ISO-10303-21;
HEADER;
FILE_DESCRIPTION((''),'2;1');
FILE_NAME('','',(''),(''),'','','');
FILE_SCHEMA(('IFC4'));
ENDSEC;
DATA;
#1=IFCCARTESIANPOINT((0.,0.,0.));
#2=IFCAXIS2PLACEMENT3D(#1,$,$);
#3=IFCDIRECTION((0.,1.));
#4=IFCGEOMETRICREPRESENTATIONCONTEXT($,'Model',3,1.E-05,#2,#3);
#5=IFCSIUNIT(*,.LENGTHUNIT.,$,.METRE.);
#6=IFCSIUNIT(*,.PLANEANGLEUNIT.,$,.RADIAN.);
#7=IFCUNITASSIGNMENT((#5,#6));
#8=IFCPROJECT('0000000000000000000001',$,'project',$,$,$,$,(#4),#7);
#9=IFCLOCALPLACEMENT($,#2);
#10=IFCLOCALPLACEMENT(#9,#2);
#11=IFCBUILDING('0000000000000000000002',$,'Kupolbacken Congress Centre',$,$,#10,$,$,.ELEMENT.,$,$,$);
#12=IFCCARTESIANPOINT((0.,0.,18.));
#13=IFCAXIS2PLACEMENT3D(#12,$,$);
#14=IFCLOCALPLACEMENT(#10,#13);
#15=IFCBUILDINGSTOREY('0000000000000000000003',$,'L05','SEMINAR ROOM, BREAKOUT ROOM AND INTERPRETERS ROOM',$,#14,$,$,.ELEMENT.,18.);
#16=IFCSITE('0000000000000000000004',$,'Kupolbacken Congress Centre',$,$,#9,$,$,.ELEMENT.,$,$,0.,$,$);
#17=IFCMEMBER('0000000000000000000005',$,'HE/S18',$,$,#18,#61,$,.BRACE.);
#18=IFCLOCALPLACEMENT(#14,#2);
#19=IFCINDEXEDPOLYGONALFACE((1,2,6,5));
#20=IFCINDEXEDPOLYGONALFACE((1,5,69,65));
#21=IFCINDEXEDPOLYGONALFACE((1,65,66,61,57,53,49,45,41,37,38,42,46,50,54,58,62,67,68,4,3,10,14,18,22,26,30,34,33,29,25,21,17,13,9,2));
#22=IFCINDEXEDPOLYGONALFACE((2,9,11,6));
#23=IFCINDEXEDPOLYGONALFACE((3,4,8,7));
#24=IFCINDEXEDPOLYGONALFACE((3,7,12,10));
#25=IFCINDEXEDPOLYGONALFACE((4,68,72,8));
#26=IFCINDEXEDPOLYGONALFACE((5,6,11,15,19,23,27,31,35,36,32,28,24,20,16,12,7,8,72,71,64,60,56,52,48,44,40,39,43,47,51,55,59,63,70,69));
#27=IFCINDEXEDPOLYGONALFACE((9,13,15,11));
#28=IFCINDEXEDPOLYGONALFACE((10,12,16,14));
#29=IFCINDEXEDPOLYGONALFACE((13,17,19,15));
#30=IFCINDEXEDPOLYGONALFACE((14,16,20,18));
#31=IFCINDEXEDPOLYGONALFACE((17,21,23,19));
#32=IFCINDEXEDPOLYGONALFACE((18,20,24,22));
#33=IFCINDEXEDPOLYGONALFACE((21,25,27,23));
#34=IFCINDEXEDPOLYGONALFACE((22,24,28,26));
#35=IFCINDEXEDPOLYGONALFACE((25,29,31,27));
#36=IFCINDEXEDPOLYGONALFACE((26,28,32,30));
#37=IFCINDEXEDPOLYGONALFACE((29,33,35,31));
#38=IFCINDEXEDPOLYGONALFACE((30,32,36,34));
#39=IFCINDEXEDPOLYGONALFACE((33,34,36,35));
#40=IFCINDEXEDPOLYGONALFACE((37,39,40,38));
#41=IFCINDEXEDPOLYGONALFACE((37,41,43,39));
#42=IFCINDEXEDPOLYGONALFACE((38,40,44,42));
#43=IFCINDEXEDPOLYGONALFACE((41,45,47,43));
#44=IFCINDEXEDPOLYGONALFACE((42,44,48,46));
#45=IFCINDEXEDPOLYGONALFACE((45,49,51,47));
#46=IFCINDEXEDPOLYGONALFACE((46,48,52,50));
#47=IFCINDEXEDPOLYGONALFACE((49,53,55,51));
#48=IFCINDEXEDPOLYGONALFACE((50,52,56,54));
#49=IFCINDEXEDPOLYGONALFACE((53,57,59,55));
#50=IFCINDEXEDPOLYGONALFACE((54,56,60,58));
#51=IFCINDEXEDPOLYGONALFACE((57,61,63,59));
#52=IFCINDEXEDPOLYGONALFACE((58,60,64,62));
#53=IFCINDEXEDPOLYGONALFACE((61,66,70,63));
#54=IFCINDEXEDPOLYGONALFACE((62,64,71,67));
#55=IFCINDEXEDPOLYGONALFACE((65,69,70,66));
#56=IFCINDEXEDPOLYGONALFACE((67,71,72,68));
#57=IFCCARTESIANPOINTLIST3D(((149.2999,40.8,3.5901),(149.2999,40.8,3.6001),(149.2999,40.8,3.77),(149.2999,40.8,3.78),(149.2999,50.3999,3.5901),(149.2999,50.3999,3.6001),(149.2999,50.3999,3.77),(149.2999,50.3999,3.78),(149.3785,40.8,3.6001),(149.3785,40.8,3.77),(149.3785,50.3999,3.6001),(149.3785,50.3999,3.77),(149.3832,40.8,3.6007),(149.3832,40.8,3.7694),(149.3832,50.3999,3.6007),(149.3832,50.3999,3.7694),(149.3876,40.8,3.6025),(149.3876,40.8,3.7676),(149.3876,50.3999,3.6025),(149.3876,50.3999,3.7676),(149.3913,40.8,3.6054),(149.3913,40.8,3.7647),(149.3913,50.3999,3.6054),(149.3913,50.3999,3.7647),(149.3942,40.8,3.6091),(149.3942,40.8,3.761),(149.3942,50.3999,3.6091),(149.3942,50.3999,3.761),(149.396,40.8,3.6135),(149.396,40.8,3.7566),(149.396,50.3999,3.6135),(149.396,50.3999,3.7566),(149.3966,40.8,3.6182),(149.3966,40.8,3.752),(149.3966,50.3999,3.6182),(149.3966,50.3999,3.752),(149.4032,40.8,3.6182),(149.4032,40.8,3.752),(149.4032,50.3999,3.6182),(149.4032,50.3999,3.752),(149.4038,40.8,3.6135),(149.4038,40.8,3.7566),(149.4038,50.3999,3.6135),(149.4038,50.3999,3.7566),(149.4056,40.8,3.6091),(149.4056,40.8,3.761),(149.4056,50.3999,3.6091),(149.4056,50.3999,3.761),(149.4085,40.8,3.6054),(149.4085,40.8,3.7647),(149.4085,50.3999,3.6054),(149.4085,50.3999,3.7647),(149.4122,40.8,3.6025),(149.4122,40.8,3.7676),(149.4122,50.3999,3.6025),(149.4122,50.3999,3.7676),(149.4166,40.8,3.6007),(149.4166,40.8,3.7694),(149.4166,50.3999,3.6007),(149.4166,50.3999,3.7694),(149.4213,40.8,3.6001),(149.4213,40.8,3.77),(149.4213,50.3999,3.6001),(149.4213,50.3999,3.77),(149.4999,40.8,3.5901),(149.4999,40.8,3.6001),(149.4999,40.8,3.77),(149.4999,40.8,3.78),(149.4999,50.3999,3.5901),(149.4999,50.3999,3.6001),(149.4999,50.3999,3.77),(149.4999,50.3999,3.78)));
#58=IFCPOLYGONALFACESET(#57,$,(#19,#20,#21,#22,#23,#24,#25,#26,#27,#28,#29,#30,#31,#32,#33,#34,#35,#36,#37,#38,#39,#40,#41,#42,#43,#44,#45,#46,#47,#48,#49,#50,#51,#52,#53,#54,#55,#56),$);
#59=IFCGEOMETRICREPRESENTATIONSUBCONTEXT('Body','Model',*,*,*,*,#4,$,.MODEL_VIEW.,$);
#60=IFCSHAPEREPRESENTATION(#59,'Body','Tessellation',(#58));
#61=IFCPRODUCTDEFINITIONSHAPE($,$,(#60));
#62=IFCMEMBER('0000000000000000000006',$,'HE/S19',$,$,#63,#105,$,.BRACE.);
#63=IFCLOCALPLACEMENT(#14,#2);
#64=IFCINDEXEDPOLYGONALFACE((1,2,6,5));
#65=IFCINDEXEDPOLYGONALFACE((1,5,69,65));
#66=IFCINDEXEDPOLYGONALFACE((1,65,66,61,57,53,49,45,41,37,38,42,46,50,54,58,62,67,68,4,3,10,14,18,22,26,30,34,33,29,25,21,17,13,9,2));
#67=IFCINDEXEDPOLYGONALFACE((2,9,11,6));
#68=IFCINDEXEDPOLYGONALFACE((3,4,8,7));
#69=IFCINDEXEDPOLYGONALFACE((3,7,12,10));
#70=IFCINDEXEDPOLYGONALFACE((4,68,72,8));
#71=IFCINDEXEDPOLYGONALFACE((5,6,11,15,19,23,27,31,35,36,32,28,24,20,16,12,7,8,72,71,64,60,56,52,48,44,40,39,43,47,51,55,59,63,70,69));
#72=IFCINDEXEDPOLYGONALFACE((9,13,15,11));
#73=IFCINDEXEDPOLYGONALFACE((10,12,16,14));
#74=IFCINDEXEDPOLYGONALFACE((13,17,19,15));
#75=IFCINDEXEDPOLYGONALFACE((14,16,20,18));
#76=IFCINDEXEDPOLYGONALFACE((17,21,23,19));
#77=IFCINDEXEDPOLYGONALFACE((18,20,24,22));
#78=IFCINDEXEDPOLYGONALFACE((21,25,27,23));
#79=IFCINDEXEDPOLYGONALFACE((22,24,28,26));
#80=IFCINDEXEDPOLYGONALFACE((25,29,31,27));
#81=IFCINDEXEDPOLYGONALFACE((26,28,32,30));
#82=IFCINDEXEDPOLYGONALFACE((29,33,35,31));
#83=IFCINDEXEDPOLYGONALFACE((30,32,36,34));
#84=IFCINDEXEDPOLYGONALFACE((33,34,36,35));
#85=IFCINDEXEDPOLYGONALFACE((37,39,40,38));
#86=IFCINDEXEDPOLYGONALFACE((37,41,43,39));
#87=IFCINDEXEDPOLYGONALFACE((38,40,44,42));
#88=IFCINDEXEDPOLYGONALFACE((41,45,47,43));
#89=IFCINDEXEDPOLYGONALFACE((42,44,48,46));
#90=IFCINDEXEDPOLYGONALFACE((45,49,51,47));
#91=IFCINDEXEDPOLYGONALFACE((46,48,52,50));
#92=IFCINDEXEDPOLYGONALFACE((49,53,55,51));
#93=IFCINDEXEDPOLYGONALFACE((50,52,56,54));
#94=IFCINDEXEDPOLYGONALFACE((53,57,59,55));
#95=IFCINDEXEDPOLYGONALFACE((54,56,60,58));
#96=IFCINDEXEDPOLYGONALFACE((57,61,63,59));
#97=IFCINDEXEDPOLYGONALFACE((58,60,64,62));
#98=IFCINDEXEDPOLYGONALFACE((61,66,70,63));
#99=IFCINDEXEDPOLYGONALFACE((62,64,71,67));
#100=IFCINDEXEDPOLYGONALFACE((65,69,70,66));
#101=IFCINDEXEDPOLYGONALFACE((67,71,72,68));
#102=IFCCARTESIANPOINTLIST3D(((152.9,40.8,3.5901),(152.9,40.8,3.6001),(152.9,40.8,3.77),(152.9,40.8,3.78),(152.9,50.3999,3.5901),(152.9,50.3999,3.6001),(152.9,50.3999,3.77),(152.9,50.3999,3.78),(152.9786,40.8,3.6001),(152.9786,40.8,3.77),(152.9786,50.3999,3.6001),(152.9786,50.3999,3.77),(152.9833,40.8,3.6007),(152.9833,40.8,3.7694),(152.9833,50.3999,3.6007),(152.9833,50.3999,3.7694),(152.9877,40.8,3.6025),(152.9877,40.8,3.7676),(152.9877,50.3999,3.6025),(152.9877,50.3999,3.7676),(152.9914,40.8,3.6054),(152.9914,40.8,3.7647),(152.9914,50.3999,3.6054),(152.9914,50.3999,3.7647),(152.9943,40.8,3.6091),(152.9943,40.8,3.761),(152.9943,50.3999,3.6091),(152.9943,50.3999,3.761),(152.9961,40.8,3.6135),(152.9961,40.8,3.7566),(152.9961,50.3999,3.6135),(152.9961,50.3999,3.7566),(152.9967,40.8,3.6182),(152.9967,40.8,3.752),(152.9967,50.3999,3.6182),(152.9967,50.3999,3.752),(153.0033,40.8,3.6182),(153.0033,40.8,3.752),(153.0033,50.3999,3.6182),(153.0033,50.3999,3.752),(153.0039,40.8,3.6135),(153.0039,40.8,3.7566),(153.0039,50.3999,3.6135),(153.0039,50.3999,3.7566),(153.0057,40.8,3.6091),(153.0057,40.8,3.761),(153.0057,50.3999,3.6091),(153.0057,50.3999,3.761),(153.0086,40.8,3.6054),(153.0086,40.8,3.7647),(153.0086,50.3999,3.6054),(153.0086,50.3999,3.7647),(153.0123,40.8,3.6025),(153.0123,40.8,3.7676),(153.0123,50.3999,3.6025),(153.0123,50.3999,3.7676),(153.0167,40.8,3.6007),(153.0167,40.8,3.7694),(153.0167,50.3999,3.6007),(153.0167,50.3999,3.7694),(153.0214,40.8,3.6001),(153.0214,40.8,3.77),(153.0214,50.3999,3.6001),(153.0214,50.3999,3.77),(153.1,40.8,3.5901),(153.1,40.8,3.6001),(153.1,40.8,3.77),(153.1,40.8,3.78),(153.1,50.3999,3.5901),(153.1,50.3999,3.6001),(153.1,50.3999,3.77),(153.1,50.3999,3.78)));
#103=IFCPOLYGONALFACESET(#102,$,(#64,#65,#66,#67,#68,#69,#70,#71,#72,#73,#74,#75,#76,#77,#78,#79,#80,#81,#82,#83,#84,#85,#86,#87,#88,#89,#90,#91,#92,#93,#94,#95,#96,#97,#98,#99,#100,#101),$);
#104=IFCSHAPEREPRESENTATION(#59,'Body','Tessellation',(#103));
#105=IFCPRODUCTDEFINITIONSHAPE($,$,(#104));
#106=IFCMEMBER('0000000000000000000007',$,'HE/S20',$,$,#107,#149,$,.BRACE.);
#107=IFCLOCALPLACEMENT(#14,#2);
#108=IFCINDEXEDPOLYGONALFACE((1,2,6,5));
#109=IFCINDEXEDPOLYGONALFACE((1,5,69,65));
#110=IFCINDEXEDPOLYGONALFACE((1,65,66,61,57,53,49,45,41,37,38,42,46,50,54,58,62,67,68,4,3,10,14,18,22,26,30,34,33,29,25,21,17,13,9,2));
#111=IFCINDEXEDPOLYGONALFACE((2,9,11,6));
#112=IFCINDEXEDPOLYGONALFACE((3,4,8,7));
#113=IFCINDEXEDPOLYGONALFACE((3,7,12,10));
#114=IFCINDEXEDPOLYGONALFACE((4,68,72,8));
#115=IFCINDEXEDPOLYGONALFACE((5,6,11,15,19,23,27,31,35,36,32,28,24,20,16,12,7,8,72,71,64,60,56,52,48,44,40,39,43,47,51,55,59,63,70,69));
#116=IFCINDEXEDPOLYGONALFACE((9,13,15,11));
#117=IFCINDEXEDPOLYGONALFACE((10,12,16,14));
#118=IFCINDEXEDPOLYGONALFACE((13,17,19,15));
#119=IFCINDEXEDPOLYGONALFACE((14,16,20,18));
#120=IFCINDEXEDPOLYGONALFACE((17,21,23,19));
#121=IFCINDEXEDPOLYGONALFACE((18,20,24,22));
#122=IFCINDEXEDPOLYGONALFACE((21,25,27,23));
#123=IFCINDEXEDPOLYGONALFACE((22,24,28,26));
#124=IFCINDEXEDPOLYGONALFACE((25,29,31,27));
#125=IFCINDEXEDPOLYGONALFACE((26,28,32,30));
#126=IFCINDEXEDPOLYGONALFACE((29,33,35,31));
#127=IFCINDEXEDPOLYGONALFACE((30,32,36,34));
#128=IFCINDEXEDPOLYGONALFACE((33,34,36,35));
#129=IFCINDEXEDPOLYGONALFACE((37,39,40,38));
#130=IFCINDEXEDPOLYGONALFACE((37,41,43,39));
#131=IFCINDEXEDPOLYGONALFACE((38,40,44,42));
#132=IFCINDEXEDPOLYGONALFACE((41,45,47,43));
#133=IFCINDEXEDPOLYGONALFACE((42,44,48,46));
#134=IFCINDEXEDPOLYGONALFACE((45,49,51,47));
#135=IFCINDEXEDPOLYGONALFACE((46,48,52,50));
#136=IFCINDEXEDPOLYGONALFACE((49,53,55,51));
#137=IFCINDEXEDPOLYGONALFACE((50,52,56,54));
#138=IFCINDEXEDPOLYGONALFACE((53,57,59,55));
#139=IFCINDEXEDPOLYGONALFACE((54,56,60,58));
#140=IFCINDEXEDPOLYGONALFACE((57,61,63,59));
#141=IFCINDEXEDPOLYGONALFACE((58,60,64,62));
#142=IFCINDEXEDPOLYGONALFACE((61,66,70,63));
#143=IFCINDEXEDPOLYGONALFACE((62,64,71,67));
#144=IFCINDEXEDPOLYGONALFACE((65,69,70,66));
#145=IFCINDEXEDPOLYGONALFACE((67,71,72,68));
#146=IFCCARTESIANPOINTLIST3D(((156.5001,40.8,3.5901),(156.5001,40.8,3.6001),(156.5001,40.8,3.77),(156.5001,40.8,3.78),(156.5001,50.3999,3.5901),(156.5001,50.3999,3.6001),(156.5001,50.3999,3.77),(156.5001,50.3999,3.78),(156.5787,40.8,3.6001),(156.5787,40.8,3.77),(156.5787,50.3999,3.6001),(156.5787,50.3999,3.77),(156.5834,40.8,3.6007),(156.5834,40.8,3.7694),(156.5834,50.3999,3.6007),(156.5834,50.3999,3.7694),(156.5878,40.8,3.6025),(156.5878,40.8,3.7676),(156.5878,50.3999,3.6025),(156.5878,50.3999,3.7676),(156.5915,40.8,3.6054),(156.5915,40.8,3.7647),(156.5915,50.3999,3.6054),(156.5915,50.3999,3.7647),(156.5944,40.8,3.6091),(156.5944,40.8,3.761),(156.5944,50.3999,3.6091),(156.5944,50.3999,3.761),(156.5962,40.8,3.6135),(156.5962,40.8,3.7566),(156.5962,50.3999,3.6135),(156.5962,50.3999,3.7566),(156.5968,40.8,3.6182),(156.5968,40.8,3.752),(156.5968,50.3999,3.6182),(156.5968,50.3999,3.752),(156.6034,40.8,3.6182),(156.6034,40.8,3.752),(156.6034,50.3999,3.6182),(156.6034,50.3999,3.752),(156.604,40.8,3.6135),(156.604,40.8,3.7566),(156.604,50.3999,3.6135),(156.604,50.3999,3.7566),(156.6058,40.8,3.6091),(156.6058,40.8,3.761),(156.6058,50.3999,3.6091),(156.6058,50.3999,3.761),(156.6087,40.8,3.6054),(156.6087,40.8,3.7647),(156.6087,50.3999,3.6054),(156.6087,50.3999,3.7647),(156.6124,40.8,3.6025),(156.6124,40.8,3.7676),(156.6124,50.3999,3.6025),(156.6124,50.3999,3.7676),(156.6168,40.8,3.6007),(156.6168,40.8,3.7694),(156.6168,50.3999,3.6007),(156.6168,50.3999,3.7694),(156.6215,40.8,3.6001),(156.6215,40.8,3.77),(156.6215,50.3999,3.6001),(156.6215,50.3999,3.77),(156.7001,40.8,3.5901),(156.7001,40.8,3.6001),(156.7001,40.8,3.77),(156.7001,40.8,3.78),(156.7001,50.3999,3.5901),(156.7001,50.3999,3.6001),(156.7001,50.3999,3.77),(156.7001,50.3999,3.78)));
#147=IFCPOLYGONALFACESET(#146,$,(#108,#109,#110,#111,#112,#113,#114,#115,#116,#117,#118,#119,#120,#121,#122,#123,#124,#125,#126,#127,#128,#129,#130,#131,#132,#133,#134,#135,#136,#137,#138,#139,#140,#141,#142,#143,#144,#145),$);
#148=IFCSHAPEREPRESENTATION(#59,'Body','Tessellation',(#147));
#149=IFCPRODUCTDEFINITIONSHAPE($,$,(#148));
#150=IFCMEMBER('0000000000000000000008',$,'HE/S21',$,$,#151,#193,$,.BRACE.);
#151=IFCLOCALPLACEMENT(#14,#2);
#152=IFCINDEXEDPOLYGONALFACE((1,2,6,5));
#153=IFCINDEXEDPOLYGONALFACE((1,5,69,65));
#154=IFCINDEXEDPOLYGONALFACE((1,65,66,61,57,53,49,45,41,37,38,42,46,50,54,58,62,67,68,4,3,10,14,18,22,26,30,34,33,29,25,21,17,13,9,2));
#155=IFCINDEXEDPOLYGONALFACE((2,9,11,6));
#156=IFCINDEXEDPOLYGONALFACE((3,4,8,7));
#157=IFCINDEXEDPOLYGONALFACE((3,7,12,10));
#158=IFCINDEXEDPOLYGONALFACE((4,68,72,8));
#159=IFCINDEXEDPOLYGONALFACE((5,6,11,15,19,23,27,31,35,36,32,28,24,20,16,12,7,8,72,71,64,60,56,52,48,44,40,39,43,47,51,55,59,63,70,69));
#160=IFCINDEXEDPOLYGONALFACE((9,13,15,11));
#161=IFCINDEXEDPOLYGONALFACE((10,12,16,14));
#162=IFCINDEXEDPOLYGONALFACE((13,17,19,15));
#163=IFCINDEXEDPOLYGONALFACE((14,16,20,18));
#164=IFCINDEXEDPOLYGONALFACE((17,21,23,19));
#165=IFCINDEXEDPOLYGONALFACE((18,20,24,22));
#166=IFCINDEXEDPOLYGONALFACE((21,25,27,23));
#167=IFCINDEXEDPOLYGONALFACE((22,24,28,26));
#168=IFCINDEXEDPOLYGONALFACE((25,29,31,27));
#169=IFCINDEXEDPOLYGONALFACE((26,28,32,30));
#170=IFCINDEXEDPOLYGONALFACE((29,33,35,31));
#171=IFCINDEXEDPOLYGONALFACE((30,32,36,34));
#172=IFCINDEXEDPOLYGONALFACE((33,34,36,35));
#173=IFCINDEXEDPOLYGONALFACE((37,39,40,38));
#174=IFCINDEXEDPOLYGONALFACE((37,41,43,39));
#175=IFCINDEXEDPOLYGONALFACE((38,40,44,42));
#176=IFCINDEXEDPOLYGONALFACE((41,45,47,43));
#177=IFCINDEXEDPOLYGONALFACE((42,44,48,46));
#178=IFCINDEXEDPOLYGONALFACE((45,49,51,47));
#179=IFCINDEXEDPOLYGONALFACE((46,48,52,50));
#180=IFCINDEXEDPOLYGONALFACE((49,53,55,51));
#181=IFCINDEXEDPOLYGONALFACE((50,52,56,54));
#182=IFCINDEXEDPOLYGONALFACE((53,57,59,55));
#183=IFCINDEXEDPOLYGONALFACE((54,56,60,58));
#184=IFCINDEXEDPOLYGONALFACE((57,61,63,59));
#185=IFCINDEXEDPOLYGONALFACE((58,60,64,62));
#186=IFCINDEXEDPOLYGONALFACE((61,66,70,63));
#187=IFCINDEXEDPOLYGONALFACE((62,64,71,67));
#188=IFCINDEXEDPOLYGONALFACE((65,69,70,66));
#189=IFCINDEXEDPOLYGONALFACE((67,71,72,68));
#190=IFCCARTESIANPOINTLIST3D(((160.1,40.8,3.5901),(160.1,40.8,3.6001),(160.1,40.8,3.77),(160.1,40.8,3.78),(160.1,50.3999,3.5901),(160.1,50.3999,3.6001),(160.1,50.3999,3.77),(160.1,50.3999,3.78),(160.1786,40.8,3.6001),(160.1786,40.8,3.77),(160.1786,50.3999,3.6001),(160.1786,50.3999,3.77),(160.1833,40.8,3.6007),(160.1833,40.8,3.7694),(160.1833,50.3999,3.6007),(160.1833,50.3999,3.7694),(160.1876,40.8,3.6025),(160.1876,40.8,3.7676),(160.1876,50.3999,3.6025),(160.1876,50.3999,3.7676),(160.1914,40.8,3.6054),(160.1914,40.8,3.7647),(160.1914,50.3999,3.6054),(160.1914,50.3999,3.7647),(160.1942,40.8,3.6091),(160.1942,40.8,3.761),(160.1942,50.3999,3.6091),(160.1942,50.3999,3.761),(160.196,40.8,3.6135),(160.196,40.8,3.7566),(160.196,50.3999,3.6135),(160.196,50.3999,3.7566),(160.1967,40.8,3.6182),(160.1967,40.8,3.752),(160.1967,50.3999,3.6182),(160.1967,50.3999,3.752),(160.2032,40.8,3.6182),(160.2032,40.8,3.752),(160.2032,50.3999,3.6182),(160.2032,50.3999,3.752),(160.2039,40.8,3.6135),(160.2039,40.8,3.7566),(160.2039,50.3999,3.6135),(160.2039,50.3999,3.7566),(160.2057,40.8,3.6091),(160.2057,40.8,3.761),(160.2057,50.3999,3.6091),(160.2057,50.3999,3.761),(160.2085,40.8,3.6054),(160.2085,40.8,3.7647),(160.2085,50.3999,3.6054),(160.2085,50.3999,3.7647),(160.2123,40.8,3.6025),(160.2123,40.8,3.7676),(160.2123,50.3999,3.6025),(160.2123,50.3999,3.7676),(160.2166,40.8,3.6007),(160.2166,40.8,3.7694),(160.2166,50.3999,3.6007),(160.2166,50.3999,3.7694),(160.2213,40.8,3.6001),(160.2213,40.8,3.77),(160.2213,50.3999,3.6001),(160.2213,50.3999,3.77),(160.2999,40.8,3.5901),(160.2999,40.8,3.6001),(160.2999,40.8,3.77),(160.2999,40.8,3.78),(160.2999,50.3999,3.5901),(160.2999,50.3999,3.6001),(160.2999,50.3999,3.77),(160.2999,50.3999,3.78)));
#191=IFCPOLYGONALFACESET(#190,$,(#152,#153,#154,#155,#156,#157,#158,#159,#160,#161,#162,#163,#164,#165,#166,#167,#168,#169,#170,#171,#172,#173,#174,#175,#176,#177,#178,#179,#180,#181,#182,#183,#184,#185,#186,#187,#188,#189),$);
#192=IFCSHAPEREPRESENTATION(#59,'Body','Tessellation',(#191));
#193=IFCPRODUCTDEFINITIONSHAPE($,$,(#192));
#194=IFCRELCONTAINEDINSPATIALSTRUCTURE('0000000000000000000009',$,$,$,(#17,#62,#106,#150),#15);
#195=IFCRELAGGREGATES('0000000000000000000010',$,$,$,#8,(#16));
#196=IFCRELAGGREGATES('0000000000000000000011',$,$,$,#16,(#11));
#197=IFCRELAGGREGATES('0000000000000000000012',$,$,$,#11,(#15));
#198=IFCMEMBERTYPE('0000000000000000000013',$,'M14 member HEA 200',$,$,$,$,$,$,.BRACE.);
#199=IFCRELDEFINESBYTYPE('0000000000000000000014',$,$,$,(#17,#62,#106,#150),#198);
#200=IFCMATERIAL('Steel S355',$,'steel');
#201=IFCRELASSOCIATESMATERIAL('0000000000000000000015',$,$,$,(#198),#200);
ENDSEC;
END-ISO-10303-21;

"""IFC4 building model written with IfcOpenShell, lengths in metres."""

from ifc_helpers import new_model, si_unit, direction, frame, origin, origin_2d, place, context, subcontext, project, spatial, i_section, extrude, material, material_profile, profile_set, type_object, element, save


model = new_model("IFC4")

# Units and contexts
model_context = context("Model", 3, precision=1e-05, world=origin(), true_north=direction((0.0, 1.0)))
body_context = subcontext(model_context, "Body", "Model", "MODEL_VIEW")
ifc_project = project(units=[si_unit("LENGTHUNIT", "METRE"), si_unit("PLANEANGLEUNIT", "RADIAN")], contexts=[model_context])

# Site, building, storey
site_placement = place(None, origin())
site = spatial("IfcSite", under=ifc_project, at=site_placement, Name="Kupolbacken Congress Centre", CompositionType="ELEMENT", RefElevation=0.0)
building_placement = place(site_placement, origin())
building = spatial("IfcBuilding", under=site, at=building_placement, Name="Kupolbacken Congress Centre", CompositionType="ELEMENT")
storey_placement = place(building_placement, frame((0.0, 0.0, 18.0)))
storey = spatial("IfcBuildingStorey", under=building, at=storey_placement, Name="L05", Description="SEMINAR ROOM, BREAKOUT ROOM AND INTERPRETERS ROOM", CompositionType="ELEMENT", Elevation=18.0)

# Members
ifc_material_1 = material(Name="Steel S355", Category="steel")
ifc_material_profile_1 = material_profile(ifc_material_1, i_section(OverallWidth=0.2, OverallDepth=0.1899, WebThickness=0.0066, FlangeThickness=0.01, FilletRadius=0.0181, at=origin_2d()), Name="HEA 200")
ifc_profile_set_1 = profile_set([ifc_material_profile_1], Name="Steel S355")
member_type_1 = type_object("IfcMemberType", Name="M14 member HEA 200", PredefinedType="BRACE", material=ifc_profile_set_1)
for number, where, z_axis, x_axis, name in (
    (1, (149.3999, 50.3999, 3.6851), (0.0, -1.0, 0.0), (1.0, 0.0, 0.0), "HE/S18"),
    (2, (153.0, 50.3999, 3.6851), (0.0, -1.0, 0.0), (1.0, 0.0, 0.0), "HE/S19"),
    (3, (156.6001, 50.3999, 3.6851), (0.0, -1.0, 0.0), (1.0, 0.0, 0.0), "HE/S20"),
    (4, (160.2, 50.3999, 3.6851), (0.0, -1.0, 0.0), (1.0, 0.0, 0.0), "HE/S21"),
):
    element("IfcMember", number, at=place(storey_placement, frame(where, z_axis=z_axis, x_axis=x_axis)), inside=storey, type_object=member_type_1, Name=name, PredefinedType="BRACE", context=body_context, shape_type="SweptSolid", body=[
        extrude(i_section(OverallWidth=0.2, OverallDepth=0.1899, WebThickness=0.0066, FlangeThickness=0.01, FilletRadius=0.0181, at=origin_2d()), origin(), (0.0, 0.0, 1.0), 9.5999),
    ])

save(model, "model.ifc")
